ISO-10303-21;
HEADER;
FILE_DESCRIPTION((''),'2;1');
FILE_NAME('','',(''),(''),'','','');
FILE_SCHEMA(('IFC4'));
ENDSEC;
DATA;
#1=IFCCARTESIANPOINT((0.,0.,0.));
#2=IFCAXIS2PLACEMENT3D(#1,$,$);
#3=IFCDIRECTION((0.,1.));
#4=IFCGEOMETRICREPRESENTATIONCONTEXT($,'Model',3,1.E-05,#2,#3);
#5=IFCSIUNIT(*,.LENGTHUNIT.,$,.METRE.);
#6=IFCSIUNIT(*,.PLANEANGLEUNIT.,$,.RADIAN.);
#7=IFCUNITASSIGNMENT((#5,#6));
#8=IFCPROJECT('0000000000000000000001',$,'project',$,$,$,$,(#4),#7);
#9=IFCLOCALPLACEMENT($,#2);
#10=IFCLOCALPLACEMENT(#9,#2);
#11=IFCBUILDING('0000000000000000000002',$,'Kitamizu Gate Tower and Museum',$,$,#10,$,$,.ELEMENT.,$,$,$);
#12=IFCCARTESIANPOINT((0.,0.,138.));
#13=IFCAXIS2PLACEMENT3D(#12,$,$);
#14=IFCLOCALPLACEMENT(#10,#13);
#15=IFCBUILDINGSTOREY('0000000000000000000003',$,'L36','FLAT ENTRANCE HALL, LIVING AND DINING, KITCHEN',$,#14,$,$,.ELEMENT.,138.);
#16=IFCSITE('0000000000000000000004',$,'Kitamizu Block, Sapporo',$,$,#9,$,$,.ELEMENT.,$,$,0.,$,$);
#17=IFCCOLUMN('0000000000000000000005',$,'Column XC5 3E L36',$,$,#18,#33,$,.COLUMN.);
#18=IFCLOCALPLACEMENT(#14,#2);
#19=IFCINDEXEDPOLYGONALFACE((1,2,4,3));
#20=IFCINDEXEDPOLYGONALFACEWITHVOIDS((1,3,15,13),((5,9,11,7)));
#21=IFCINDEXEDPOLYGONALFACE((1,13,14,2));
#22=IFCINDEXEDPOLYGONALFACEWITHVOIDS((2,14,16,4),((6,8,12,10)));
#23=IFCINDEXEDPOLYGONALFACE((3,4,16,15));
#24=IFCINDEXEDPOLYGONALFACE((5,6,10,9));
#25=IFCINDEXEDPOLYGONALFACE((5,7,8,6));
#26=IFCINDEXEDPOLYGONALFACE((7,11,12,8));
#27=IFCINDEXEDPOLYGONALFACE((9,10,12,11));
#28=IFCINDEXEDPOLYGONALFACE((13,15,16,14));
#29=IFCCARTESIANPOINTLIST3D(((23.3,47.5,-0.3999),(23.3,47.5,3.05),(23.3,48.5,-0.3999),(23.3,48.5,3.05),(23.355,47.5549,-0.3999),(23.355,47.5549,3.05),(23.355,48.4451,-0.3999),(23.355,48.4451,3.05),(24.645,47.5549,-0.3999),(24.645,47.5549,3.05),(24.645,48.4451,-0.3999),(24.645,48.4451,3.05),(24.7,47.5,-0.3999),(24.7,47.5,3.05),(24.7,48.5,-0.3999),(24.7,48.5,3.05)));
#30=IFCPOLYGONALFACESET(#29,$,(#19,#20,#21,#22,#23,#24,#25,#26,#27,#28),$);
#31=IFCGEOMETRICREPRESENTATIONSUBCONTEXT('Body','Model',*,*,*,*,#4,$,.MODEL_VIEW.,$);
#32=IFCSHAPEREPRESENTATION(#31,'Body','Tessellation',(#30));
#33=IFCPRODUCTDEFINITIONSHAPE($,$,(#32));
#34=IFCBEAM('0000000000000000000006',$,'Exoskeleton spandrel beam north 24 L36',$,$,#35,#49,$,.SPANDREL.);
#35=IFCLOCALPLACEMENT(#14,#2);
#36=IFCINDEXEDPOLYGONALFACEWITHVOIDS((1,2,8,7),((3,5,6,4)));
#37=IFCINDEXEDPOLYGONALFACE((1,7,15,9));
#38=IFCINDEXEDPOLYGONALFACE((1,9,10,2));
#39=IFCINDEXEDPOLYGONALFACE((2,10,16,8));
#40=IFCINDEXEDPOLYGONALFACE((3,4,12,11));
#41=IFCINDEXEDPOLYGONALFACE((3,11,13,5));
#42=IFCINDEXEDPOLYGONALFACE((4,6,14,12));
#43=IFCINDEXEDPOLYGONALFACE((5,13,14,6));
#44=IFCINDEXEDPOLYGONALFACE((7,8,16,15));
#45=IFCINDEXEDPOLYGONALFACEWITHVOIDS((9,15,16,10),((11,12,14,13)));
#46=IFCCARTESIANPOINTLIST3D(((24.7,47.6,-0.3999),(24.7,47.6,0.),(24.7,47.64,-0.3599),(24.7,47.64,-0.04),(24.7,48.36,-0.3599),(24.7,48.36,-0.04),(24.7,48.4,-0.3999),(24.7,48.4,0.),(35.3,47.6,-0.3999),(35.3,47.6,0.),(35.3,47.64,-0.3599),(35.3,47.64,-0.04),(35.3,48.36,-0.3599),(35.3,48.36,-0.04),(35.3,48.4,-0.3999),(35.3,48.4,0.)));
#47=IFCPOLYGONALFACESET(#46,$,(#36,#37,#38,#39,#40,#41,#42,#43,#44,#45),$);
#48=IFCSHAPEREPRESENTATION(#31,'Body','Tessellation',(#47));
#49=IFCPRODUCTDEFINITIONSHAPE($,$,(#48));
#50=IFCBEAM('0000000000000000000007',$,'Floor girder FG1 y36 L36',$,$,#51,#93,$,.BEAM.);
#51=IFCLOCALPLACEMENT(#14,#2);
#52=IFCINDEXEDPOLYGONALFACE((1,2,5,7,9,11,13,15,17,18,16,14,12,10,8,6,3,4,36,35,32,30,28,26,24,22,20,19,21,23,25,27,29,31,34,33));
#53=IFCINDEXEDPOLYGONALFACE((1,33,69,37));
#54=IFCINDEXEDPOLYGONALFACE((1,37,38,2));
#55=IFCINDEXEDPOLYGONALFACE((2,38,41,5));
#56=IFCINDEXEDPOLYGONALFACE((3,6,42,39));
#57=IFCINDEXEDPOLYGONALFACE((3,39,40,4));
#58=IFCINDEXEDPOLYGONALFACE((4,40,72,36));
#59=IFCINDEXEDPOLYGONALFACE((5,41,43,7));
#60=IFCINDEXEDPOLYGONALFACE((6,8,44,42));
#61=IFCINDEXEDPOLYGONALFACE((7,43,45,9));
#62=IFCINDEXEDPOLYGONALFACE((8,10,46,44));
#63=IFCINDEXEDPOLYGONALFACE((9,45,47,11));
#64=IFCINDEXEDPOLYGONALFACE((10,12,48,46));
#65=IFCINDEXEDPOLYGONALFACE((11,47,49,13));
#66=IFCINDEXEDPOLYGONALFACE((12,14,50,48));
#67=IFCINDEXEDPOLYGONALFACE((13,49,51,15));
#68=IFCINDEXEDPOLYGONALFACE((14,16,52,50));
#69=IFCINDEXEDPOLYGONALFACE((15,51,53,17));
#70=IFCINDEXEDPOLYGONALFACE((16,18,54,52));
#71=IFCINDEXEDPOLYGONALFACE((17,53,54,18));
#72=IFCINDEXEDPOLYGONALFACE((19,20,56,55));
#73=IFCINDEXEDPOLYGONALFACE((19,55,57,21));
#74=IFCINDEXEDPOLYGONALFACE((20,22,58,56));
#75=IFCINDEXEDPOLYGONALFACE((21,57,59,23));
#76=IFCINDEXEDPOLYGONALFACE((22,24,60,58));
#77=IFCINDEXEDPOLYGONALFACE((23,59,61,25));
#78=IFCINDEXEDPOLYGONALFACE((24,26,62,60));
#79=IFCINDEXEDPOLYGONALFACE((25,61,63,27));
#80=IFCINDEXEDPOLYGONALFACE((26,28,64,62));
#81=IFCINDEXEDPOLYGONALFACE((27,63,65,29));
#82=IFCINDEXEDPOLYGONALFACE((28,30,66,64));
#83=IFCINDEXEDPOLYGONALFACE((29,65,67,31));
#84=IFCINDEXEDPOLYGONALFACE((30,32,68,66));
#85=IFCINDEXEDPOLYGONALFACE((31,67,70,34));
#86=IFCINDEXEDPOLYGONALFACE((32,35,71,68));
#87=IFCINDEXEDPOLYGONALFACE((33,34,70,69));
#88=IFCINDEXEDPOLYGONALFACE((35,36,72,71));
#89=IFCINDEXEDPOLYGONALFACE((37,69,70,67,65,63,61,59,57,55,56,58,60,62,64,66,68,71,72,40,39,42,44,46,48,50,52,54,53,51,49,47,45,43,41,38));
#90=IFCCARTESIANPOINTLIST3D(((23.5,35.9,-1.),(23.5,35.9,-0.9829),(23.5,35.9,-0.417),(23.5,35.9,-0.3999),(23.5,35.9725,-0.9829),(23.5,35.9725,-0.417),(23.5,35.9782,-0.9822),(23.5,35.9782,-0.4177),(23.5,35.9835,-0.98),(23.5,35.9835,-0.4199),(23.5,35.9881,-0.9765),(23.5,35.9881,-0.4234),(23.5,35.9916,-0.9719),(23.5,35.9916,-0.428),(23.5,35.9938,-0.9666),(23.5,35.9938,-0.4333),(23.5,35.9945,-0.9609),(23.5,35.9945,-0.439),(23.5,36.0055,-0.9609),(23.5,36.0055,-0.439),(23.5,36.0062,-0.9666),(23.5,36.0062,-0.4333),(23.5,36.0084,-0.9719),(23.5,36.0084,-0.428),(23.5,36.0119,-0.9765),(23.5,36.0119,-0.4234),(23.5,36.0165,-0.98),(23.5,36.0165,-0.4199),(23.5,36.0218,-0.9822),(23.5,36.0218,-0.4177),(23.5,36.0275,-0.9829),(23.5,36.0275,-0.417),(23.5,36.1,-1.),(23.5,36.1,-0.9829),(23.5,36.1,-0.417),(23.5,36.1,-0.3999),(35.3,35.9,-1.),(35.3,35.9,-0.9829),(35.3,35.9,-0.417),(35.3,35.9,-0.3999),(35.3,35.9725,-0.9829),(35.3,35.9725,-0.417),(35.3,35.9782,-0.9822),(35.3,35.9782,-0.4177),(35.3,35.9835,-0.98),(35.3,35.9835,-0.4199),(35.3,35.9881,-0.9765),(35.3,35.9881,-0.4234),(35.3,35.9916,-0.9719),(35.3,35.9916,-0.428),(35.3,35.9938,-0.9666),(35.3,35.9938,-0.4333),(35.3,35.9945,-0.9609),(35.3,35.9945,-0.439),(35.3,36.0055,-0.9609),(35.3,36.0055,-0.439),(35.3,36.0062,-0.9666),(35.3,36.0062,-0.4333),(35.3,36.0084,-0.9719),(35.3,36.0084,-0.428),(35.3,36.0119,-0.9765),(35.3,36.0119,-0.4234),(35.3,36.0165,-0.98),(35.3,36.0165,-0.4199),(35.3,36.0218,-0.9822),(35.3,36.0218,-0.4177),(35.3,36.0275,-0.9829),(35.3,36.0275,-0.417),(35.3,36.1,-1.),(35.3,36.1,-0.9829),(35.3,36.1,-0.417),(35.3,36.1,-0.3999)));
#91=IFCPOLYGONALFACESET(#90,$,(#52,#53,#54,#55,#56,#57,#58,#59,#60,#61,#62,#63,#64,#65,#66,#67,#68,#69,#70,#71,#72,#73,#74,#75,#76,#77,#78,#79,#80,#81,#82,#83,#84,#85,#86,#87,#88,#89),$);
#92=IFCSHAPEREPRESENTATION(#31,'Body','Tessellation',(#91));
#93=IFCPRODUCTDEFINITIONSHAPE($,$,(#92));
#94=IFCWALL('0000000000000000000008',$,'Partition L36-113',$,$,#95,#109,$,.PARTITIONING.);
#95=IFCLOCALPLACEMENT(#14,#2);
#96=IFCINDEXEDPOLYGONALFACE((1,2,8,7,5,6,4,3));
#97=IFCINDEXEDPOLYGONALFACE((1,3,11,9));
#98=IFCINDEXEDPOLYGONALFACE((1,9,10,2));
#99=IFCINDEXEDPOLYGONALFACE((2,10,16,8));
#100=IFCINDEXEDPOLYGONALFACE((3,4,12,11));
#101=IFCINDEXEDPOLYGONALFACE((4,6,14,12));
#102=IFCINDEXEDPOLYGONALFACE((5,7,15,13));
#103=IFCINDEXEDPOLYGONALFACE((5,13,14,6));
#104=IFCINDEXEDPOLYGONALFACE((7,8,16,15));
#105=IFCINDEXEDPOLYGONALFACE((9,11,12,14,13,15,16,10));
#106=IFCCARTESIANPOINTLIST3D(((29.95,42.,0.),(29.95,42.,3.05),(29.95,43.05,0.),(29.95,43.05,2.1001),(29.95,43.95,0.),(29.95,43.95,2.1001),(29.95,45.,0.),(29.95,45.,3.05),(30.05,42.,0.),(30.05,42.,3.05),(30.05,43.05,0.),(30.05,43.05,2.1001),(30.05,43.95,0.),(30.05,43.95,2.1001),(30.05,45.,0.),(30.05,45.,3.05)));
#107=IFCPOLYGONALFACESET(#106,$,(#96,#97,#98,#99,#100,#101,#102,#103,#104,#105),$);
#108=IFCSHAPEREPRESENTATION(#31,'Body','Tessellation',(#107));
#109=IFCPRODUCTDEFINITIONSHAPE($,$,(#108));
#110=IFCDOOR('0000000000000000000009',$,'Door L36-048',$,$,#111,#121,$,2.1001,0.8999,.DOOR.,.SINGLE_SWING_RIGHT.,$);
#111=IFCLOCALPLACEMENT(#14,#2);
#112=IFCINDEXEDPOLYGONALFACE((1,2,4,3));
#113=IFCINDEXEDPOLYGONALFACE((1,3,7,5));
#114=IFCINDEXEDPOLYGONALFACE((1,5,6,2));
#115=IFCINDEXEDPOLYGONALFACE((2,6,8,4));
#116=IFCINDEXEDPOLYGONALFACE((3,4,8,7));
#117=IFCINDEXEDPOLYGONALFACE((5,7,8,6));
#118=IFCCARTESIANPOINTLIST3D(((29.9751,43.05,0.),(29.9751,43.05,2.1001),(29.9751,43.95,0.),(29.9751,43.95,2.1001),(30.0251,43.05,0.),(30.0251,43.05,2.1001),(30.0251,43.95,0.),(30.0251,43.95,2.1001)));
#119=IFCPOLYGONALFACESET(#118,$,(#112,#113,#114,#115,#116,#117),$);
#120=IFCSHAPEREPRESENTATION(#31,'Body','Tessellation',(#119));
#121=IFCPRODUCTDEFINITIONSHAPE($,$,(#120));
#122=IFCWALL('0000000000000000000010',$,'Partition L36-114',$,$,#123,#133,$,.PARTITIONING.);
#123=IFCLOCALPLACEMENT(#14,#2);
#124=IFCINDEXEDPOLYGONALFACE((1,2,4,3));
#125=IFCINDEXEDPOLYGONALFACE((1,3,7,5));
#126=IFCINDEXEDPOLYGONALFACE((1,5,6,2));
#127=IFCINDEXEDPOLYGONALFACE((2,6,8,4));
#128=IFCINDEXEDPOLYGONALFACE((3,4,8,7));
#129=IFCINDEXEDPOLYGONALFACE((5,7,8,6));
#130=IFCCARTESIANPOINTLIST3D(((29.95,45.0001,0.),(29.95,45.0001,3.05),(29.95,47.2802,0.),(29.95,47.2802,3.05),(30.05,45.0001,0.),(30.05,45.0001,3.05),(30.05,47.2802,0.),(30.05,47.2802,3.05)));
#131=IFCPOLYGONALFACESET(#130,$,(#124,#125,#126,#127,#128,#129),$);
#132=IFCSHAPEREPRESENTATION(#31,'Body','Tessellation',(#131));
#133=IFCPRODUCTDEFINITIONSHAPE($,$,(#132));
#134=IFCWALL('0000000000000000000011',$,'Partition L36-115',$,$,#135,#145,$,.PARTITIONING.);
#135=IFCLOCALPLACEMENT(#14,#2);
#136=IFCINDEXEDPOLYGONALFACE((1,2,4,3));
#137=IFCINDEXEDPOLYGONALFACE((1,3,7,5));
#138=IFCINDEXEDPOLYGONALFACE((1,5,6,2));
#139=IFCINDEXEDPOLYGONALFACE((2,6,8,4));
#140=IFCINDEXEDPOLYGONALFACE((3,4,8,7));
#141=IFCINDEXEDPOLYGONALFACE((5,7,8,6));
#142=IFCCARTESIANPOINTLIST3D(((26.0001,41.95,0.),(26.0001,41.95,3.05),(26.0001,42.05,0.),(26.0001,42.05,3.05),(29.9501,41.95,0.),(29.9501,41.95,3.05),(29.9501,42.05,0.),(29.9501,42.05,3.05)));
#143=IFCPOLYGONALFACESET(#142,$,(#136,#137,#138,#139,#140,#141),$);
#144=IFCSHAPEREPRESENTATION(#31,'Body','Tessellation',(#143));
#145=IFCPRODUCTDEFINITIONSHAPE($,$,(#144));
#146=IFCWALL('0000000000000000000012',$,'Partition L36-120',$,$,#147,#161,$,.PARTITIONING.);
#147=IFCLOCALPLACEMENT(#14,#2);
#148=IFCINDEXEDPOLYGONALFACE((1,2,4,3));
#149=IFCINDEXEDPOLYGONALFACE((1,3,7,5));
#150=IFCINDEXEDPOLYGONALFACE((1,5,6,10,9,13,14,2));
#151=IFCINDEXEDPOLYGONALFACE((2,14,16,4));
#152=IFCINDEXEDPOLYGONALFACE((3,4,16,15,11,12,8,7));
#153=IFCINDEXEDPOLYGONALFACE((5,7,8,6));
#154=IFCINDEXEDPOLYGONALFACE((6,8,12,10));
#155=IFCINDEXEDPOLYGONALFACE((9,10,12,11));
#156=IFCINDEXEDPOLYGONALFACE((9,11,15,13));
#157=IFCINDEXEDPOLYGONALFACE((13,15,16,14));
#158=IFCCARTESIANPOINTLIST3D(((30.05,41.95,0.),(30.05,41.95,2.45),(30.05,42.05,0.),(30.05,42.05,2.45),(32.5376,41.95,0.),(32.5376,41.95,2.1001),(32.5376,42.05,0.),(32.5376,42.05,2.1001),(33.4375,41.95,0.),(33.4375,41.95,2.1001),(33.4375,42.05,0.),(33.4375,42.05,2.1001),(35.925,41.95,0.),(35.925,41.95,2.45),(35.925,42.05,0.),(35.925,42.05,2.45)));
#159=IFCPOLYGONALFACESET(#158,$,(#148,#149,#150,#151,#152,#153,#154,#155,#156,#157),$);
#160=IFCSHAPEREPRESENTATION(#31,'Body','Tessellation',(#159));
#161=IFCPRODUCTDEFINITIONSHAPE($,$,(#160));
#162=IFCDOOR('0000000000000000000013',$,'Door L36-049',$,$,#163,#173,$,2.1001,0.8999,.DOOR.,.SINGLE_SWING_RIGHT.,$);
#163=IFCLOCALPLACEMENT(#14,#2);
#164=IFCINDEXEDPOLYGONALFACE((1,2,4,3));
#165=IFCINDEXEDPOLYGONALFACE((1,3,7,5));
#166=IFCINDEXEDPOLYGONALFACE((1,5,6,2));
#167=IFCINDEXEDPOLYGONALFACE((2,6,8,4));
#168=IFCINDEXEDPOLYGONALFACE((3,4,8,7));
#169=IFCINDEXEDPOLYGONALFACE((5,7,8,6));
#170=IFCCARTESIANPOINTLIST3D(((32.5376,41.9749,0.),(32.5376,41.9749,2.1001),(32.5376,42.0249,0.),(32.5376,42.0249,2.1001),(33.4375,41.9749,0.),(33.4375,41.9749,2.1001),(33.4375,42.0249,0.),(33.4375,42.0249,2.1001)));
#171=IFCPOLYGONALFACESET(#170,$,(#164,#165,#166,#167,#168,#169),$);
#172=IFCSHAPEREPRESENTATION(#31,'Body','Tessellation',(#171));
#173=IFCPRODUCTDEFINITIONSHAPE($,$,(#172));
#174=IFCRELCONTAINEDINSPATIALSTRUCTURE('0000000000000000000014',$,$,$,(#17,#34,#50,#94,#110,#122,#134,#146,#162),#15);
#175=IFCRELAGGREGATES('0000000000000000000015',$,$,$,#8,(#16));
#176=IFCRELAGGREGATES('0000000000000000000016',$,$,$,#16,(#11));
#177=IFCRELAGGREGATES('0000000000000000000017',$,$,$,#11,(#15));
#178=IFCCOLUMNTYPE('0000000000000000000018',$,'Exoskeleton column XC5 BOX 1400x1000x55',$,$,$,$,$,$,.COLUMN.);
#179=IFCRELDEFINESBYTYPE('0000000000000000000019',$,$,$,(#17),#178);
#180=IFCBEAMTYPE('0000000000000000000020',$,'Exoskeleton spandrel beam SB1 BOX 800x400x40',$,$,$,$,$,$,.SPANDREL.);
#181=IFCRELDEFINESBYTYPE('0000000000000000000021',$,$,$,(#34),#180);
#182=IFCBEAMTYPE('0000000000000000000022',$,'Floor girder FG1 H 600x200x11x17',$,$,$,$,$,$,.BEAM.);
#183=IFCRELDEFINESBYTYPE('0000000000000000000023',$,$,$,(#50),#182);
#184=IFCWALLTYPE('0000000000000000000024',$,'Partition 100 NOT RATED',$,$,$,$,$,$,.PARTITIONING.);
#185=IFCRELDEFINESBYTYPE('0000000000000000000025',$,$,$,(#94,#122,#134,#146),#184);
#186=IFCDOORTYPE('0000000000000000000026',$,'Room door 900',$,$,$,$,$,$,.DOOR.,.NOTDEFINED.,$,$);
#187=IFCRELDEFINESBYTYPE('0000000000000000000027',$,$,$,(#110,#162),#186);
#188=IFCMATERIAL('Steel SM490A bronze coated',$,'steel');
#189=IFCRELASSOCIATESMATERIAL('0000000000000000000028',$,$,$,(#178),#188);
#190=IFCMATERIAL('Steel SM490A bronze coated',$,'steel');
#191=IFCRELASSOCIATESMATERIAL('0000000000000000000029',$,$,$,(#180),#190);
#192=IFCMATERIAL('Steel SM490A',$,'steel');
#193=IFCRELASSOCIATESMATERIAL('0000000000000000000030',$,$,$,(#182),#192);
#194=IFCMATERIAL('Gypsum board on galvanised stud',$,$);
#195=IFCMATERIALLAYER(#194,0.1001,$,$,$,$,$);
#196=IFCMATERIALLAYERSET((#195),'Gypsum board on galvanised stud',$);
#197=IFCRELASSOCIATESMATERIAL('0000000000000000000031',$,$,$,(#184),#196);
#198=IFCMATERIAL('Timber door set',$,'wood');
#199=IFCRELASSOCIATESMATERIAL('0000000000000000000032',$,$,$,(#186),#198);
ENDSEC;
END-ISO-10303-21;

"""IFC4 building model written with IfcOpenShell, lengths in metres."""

from ifc_helpers import new_model, si_unit, direction, frame, frame_2d, origin, origin_2d, place, context, subcontext, project, spatial, rectangle, hollow_rectangle, i_section, extrude, material, layer, layer_set, material_profile, profile_set, type_object, element, fill, save


model = new_model("IFC4")

# Units and contexts
model_context = context("Model", 3, precision=1e-05, world=origin(), true_north=direction((0.0, 1.0)))
body_context = subcontext(model_context, "Body", "Model", "MODEL_VIEW")
ifc_project = project(units=[si_unit("LENGTHUNIT", "METRE"), si_unit("PLANEANGLEUNIT", "RADIAN")], contexts=[model_context])

# Site, building, storey
site_placement = place(None, origin())
site = spatial("IfcSite", under=ifc_project, at=site_placement, Name="Kitamizu Block, Sapporo", CompositionType="ELEMENT", RefElevation=0.0)
building_placement = place(site_placement, origin())
building = spatial("IfcBuilding", under=site, at=building_placement, Name="Kitamizu Gate Tower and Museum", CompositionType="ELEMENT")
storey_placement = place(building_placement, frame((0.0, 0.0, 138.0)))
storey = spatial("IfcBuildingStorey", under=building, at=storey_placement, Name="L36", Description="FLAT ENTRANCE HALL, LIVING AND DINING, KITCHEN", CompositionType="ELEMENT", Elevation=138.0)

# Column
ifc_material_1 = material(Name="Steel SM490A bronze coated", Category="steel")
ifc_material_profile_1 = material_profile(ifc_material_1, hollow_rectangle(XDim=1.3999, YDim=1.0, WallThickness=0.0549, at=origin_2d()), Name="BOX 1400x1000x55")
ifc_profile_set_1 = profile_set([ifc_material_profile_1], Name="Steel SM490A bronze coated")
column_type = type_object("IfcColumnType", Name="Exoskeleton column XC5 BOX 1400x1000x55", PredefinedType="COLUMN", material=ifc_profile_set_1)
column_placement = place(storey_placement, frame((24.0, 48.0, -0.3999), z_axis=(0.0, 0.0, 1.0), x_axis=(1.0, 0.0, 0.0)))
element("IfcColumn", 1, at=column_placement, inside=storey, type_object=column_type, Name="Column XC5 3E L36", PredefinedType="COLUMN", context=body_context, shape_type="SweptSolid", body=[
    extrude(hollow_rectangle(XDim=1.3999, YDim=1.0, WallThickness=0.0549, at=origin_2d()), origin(), (0.0, 0.0, 1.0), 3.45),
])

# Beams
ifc_material_2 = material(Name="Steel SM490A bronze coated", Category="steel")
ifc_material_profile_2 = material_profile(ifc_material_2, hollow_rectangle(XDim=0.8, YDim=0.3999, WallThickness=0.04, at=origin_2d()), Name="BOX 800x400x40")
ifc_profile_set_2 = profile_set([ifc_material_profile_2], Name="Steel SM490A bronze coated")
beam_type_1 = type_object("IfcBeamType", Name="Exoskeleton spandrel beam SB1 BOX 800x400x40", PredefinedType="SPANDREL", material=ifc_profile_set_2)
beam_1_placement = place(storey_placement, frame((24.7, 48.0, -0.2), z_axis=(1.0, 0.0, 0.0), x_axis=(0.0, 1.0, 0.0)))
element("IfcBeam", 2, at=beam_1_placement, inside=storey, type_object=beam_type_1, Name="Exoskeleton spandrel beam north 24 L36", PredefinedType="SPANDREL", context=body_context, shape_type="SweptSolid", body=[
    extrude(hollow_rectangle(XDim=0.8, YDim=0.3999, WallThickness=0.04, at=origin_2d()), origin(), (0.0, 0.0, 1.0), 10.6001),
])
ifc_material_3 = material(Name="Steel SM490A", Category="steel")
ifc_material_profile_3 = material_profile(ifc_material_3, i_section(OverallWidth=0.2, OverallDepth=0.6001, WebThickness=0.011, FlangeThickness=0.0171, FilletRadius=0.022, at=origin_2d()), Name="H-600x200x11x17")
ifc_profile_set_3 = profile_set([ifc_material_profile_3], Name="Steel SM490A")
beam_type_2 = type_object("IfcBeamType", Name="Floor girder FG1 H 600x200x11x17", PredefinedType="BEAM", material=ifc_profile_set_3)
beam_2_placement = place(storey_placement, frame((23.5, 36.0, -0.7), z_axis=(1.0, 0.0, 0.0), x_axis=(0.0, 1.0, 0.0)))
element("IfcBeam", 3, at=beam_2_placement, inside=storey, type_object=beam_type_2, Name="Floor girder FG1 y36 L36", PredefinedType="BEAM", context=body_context, shape_type="SweptSolid", body=[
    extrude(i_section(OverallWidth=0.2, OverallDepth=0.6001, WebThickness=0.011, FlangeThickness=0.0171, FilletRadius=0.022, at=origin_2d()), origin(), (0.0, 0.0, 1.0), 11.8),
])

# Wall, opening, door
ifc_material_4 = material(Name="Gypsum board on galvanised stud")
ifc_layer_1 = layer(ifc_material_4, 0.1001)
ifc_layer_set_1 = layer_set([ifc_layer_1], Name="Gypsum board on galvanised stud")
wall_type_1 = type_object("IfcWallType", Name="Partition 100 NOT RATED", PredefinedType="PARTITIONING", material=ifc_layer_set_1)
wall_1_placement = place(storey_placement, frame((30.0, 42.0, 0.0), z_axis=(0.0, 0.0, 1.0), x_axis=(0.0, 1.0, 0.0)))
wall_1 = element("IfcWall", 4, at=wall_1_placement, inside=storey, type_object=wall_type_1, Name="Partition L36-113", PredefinedType="PARTITIONING", context=body_context, shape_type="SweptSolid", body=[
    extrude(rectangle(XDim=3.0, YDim=0.1001, at=frame_2d((1.5, 0.0))), origin(), (0.0, 0.0, 1.0), 3.05),
])
opening_1_placement = place(wall_1_placement, frame((1.05, 0.0, 0.0)))
opening_1 = element("IfcOpeningElement", 5, at=opening_1_placement, cuts=wall_1, PredefinedType="OPENING", context=body_context, shape_type="SweptSolid", body=[
    extrude(rectangle(XDim=0.8999, YDim=2.1001, at=frame_2d((0.45, 1.05))), frame((0.0, 0.0601, 0.0), z_axis=(0.0, -1.0, 0.0), x_axis=(1.0, 0.0, 0.0)), (0.0, 0.0, 1.0), 0.1201),
])
ifc_material_5 = material(Name="Timber door set", Category="wood")
door_type_1 = type_object("IfcDoorType", Name="Room door 900", OperationType="NOTDEFINED", PredefinedType="DOOR", material=ifc_material_5)
door_1_placement = place(opening_1_placement, origin())
door_1 = element("IfcDoor", 6, at=door_1_placement, inside=storey, type_object=door_type_1, Name="Door L36-048", OperationType="SINGLE_SWING_RIGHT", OverallHeight=2.1001, OverallWidth=0.8999, PredefinedType="DOOR", context=body_context, shape_type="SweptSolid", body=[
    extrude(rectangle(XDim=0.8999, YDim=2.1001, at=frame_2d((0.45, 1.05))), frame((0.0, 0.0249, 0.0), z_axis=(0.0, -1.0, 0.0), x_axis=(1.0, 0.0, 0.0)), (0.0, 0.0, 1.0), 0.05),
])
fill(opening_1, door_1)

# Walls
wall_2_placement = place(storey_placement, frame((30.0, 45.0, 0.0), z_axis=(0.0, 0.0, 1.0), x_axis=(0.0, 1.0, 0.0)))
element("IfcWall", 7, at=wall_2_placement, inside=storey, type_object=wall_type_1, Name="Partition L36-114", PredefinedType="PARTITIONING", context=body_context, shape_type="SweptSolid", body=[
    extrude(rectangle(XDim=2.28, YDim=0.1001, at=frame_2d((1.1401, 0.0))), origin(), (0.0, 0.0, 1.0), 3.05),
])
wall_3_placement = place(storey_placement, frame((26.0, 42.0, 0.0), z_axis=(0.0, 0.0, 1.0), x_axis=(1.0, 0.0, 0.0)))
element("IfcWall", 8, at=wall_3_placement, inside=storey, type_object=wall_type_1, Name="Partition L36-115", PredefinedType="PARTITIONING", context=body_context, shape_type="SweptSolid", body=[
    extrude(rectangle(XDim=3.95, YDim=0.1001, at=frame_2d((1.9751, 0.0))), origin(), (0.0, 0.0, 1.0), 3.05),
])

# Wall, opening, door
wall_4_placement = place(storey_placement, frame((30.05, 42.0, 0.0), z_axis=(0.0, 0.0, 1.0), x_axis=(1.0, 0.0, 0.0)))
wall_4 = element("IfcWall", 9, at=wall_4_placement, inside=storey, type_object=wall_type_1, Name="Partition L36-120", PredefinedType="PARTITIONING", context=body_context, shape_type="SweptSolid", body=[
    extrude(rectangle(XDim=5.875, YDim=0.1001, at=frame_2d((2.9375, 0.0))), origin(), (0.0, 0.0, 1.0), 2.45),
])
opening_2_placement = place(wall_4_placement, frame((2.4875, 0.0, 0.0)))
opening_2 = element("IfcOpeningElement", 10, at=opening_2_placement, cuts=wall_4, PredefinedType="OPENING", context=body_context, shape_type="SweptSolid", body=[
    extrude(rectangle(XDim=0.8999, YDim=2.1001, at=frame_2d((0.45, 1.05))), frame((0.0, 0.0601, 0.0), z_axis=(0.0, -1.0, 0.0), x_axis=(1.0, 0.0, 0.0)), (0.0, 0.0, 1.0), 0.1201),
])
door_2_placement = place(opening_2_placement, origin())
door_2 = element("IfcDoor", 11, at=door_2_placement, inside=storey, type_object=door_type_1, Name="Door L36-049", OperationType="SINGLE_SWING_RIGHT", OverallHeight=2.1001, OverallWidth=0.8999, PredefinedType="DOOR", context=body_context, shape_type="SweptSolid", body=[
    extrude(rectangle(XDim=0.8999, YDim=2.1001, at=frame_2d((0.45, 1.05))), frame((0.0, 0.0249, 0.0), z_axis=(0.0, -1.0, 0.0), x_axis=(1.0, 0.0, 0.0)), (0.0, 0.0, 1.0), 0.05),
])
fill(opening_2, door_2)

save(model, "model.ifc")
